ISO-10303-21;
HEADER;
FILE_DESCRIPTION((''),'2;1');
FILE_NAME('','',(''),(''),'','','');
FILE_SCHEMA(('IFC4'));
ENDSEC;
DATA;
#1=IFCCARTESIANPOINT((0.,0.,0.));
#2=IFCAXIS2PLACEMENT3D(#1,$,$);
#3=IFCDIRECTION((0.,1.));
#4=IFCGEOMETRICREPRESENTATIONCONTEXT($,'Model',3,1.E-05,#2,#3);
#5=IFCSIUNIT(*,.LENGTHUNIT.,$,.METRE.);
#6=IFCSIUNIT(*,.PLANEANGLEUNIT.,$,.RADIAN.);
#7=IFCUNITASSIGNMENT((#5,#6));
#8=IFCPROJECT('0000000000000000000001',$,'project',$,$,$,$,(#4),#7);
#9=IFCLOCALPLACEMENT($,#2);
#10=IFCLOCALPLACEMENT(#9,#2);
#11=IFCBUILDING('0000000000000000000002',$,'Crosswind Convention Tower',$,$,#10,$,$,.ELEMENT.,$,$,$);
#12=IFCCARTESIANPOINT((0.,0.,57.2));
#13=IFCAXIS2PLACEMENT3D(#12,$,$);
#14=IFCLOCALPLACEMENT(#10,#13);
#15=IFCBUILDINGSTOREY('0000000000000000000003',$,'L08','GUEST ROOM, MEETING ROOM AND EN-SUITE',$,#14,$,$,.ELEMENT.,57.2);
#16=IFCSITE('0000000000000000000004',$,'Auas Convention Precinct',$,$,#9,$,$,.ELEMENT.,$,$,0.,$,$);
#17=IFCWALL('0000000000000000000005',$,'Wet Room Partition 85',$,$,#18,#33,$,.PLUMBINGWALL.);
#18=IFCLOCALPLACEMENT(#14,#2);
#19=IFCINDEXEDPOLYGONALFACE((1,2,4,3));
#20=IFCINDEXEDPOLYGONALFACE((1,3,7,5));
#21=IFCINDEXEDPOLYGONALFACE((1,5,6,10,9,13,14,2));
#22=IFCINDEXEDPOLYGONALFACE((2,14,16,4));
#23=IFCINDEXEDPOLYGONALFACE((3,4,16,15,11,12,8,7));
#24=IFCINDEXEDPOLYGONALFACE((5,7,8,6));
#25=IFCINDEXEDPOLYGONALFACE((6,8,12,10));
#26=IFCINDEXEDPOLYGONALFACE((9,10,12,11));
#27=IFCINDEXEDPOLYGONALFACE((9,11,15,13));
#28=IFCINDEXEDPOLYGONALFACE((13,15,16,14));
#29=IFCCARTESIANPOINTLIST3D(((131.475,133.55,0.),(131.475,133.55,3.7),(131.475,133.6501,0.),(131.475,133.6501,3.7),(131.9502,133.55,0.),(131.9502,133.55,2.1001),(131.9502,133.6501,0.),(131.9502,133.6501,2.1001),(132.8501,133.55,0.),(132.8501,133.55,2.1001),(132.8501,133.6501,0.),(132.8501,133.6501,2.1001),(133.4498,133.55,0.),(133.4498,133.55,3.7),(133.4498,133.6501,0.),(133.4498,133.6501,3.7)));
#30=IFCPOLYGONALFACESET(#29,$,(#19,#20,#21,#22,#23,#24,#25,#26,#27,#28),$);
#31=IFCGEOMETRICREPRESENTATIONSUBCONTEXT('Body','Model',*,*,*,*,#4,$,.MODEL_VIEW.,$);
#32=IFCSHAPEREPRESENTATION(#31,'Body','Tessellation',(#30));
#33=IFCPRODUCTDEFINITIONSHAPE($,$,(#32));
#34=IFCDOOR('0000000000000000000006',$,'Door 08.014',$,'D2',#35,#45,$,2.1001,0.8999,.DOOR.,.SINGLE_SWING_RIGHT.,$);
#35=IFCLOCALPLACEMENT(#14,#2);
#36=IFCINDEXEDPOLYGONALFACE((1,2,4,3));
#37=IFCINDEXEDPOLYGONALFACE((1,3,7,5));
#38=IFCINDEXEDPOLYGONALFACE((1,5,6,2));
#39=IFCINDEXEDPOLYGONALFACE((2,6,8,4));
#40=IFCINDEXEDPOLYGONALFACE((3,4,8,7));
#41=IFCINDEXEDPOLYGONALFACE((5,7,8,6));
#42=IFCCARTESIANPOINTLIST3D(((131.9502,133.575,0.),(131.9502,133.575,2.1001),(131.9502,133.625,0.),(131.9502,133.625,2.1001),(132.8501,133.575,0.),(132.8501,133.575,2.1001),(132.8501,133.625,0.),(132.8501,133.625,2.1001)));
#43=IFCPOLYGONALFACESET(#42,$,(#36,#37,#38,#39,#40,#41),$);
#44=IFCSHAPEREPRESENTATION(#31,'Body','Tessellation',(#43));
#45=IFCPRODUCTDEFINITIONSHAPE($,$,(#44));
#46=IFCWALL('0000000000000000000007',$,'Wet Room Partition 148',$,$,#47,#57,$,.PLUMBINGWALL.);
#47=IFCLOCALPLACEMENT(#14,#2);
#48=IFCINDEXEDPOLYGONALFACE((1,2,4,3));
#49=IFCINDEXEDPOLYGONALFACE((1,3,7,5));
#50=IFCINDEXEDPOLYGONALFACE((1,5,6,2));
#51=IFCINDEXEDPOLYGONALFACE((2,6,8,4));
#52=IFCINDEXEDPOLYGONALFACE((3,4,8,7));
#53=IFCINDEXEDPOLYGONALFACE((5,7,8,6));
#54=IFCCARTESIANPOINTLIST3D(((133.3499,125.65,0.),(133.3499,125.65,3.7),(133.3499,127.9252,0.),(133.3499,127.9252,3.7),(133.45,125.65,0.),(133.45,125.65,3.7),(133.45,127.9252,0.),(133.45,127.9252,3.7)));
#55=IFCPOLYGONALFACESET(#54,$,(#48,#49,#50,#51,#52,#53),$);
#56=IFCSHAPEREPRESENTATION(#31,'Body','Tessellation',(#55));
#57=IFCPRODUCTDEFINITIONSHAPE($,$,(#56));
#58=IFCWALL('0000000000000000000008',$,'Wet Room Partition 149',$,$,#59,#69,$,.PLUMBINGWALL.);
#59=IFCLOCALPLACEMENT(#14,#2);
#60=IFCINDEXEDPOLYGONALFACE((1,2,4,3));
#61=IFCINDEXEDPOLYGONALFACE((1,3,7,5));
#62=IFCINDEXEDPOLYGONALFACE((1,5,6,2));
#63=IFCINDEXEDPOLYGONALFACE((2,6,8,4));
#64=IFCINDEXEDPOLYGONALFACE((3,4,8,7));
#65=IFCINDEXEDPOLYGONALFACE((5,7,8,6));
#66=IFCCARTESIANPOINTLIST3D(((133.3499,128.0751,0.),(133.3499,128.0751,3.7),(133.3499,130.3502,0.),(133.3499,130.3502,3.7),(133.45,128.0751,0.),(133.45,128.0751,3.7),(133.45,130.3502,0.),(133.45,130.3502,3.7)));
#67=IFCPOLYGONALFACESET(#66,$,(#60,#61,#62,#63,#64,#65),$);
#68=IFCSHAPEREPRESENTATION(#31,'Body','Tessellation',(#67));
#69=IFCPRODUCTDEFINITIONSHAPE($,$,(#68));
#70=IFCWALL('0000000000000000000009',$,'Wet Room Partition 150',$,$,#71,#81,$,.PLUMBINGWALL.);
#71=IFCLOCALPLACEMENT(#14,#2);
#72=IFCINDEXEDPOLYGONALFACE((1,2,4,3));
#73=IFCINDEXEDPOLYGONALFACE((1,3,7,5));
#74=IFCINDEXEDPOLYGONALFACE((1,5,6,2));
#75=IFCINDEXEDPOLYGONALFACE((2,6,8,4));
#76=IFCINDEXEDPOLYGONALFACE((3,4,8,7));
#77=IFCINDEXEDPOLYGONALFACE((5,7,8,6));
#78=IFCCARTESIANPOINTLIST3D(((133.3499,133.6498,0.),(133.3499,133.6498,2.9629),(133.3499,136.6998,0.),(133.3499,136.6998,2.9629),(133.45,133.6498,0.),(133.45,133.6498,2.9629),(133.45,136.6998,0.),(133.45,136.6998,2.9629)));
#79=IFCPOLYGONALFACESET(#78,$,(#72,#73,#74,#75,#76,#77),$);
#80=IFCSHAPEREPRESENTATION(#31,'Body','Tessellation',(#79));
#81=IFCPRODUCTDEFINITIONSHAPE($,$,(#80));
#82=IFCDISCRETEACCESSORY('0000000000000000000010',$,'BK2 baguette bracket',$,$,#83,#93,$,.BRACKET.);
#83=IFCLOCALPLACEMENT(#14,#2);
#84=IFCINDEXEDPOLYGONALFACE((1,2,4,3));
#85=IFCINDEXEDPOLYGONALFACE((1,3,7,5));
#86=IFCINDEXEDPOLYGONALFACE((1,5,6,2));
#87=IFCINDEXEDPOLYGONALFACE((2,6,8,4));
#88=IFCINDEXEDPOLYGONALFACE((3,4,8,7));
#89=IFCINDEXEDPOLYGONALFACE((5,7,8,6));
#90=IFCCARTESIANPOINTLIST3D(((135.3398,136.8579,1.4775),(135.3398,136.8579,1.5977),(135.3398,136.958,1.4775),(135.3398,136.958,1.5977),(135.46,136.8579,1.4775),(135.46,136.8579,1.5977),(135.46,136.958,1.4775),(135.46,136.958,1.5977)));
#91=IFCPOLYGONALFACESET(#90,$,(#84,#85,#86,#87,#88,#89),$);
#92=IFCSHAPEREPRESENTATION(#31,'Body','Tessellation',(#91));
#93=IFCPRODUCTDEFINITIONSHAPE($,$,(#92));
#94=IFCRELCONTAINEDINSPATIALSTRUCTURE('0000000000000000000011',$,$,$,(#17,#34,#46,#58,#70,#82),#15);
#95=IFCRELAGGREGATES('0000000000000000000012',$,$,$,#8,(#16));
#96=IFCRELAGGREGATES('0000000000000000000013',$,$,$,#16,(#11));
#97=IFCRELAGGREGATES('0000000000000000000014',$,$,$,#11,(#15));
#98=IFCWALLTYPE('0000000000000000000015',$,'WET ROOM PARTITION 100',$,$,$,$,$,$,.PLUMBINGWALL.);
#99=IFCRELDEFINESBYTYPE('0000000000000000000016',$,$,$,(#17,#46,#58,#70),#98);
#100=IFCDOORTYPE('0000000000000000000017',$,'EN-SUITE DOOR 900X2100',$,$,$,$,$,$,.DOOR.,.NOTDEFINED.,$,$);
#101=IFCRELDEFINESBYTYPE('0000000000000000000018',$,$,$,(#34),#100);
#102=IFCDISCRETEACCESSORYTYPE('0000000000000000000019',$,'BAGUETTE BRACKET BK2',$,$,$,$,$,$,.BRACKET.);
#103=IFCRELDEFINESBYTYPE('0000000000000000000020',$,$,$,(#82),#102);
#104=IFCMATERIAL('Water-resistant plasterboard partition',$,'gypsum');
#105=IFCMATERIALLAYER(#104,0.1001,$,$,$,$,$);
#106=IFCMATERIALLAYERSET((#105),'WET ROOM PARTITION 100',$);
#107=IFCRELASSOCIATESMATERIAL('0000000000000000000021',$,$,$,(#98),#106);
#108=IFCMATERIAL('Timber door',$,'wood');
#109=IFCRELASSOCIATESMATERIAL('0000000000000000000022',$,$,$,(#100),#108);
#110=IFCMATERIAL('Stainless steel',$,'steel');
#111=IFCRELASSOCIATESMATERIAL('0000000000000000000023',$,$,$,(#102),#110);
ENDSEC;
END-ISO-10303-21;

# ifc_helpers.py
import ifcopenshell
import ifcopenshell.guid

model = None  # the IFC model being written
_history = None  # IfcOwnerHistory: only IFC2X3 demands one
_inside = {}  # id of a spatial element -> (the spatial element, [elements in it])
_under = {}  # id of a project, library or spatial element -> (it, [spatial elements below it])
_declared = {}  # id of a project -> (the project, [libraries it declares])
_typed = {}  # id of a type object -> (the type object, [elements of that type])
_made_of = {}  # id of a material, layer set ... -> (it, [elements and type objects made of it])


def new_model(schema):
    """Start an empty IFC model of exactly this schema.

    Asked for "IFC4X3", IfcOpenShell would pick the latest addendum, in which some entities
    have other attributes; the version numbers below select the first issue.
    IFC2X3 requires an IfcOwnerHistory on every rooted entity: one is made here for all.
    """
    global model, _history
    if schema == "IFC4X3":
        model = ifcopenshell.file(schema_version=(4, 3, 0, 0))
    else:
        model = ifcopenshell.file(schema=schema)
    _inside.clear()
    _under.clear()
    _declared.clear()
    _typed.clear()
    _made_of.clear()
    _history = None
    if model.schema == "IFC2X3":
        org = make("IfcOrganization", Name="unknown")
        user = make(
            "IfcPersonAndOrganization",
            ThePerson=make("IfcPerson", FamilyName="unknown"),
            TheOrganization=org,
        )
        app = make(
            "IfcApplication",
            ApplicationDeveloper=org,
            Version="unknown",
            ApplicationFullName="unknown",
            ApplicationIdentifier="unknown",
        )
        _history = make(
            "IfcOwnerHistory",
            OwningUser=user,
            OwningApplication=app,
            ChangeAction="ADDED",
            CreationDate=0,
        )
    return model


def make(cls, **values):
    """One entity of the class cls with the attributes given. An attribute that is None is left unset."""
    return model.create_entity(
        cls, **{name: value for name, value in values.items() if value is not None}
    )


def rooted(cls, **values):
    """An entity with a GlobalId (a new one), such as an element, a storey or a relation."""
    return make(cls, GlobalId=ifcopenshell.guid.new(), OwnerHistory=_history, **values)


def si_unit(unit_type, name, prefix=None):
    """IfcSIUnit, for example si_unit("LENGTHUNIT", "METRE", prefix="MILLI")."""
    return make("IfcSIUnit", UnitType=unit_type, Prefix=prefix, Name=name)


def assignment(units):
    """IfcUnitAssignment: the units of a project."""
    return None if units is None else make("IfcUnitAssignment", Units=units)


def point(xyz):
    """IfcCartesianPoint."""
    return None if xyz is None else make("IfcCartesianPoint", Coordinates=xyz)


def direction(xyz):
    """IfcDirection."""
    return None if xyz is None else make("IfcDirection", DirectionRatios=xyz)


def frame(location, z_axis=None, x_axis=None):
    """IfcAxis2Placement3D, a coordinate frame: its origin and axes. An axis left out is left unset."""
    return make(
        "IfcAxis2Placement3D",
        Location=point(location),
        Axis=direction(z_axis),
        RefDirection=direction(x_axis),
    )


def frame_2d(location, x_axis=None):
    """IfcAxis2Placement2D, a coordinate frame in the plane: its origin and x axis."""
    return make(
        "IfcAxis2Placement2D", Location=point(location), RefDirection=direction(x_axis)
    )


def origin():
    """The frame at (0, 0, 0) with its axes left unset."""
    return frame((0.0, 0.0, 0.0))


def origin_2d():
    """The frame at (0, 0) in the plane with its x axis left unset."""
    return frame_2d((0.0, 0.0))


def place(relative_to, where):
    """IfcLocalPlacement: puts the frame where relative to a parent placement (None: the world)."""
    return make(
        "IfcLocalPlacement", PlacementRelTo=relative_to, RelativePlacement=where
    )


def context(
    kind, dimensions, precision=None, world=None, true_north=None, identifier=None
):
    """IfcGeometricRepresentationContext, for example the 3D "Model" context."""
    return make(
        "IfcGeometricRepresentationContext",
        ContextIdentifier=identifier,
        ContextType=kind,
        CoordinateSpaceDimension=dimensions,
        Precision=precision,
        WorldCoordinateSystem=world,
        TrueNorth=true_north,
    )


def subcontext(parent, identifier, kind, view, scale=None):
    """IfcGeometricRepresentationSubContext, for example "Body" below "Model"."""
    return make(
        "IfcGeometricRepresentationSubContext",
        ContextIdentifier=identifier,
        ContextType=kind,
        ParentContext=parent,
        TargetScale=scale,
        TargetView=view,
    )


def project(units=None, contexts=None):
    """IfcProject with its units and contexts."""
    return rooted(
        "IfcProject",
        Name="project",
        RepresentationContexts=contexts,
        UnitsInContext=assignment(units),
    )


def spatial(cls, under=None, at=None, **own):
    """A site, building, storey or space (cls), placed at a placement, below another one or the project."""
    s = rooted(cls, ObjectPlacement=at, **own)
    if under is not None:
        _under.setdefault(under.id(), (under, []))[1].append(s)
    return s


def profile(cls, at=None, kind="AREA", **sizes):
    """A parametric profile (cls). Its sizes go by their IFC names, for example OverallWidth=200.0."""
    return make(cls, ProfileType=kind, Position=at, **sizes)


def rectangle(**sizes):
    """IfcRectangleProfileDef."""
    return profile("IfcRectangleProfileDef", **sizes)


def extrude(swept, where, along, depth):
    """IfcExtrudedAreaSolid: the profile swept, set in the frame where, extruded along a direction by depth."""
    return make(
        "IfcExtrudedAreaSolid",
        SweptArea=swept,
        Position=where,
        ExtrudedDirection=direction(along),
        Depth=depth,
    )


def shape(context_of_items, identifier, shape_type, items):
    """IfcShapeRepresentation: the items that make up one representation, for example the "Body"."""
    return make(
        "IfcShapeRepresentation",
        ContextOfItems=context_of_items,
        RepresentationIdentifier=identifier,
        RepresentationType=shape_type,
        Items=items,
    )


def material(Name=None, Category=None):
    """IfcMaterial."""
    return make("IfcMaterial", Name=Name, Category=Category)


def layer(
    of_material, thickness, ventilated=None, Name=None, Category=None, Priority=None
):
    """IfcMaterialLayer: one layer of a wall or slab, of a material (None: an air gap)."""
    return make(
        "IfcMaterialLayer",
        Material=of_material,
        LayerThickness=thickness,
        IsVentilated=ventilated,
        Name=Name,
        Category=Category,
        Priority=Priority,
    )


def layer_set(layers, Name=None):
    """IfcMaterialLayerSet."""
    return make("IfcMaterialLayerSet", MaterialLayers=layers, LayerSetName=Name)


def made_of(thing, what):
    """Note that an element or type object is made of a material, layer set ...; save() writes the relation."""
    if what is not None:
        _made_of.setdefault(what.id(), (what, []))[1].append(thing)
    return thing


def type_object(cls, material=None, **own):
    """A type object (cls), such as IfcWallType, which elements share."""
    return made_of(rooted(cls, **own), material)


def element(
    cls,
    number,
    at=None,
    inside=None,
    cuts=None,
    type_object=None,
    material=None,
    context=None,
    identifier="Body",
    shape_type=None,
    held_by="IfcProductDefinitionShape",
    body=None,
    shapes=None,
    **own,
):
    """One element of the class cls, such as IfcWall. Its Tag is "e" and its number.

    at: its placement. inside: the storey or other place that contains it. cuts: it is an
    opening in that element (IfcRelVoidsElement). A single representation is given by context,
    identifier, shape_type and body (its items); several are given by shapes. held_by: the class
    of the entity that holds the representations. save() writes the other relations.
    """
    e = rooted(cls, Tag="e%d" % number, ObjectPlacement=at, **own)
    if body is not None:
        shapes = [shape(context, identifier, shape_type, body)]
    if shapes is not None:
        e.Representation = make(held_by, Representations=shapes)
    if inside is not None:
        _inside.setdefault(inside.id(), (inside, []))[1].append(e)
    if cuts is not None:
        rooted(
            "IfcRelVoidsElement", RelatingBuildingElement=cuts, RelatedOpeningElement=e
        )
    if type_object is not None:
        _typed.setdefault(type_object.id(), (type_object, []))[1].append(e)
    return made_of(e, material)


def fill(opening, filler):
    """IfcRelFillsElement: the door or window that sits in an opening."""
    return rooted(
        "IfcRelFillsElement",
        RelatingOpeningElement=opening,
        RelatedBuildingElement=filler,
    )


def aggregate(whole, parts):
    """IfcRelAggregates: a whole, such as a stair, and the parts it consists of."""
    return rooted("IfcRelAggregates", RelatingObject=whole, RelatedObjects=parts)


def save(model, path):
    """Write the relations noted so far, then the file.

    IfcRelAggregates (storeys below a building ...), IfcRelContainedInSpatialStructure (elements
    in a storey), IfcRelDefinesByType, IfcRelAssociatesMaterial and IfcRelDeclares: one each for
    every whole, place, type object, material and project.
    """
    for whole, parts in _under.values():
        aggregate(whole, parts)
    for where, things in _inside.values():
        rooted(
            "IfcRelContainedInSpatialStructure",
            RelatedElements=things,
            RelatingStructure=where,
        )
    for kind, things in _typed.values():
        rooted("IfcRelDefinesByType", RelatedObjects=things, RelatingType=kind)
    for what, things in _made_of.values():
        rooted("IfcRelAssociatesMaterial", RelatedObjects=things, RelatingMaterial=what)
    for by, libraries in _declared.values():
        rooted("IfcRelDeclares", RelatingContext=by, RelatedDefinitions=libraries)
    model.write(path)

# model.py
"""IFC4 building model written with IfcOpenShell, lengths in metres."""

from ifc_helpers import new_model, si_unit, direction, frame, frame_2d, origin, origin_2d, place, context, subcontext, project, spatial, rectangle, extrude, material, layer, layer_set, type_object, element, fill, save


model = new_model("IFC4")

# Units and contexts
model_context = context("Model", 3, precision=1e-05, world=origin(), true_north=direction((0.0, 1.0)))
body_context = subcontext(model_context, "Body", "Model", "MODEL_VIEW")
ifc_project = project(units=[si_unit("LENGTHUNIT", "METRE"), si_unit("PLANEANGLEUNIT", "RADIAN")], contexts=[model_context])

# Site, building, storey
site_placement = place(None, origin())
site = spatial("IfcSite", under=ifc_project, at=site_placement, Name="Auas Convention Precinct", CompositionType="ELEMENT", RefElevation=0.0)
building_placement = place(site_placement, origin())
building = spatial("IfcBuilding", under=site, at=building_placement, Name="Crosswind Convention Tower", CompositionType="ELEMENT")
storey_placement = place(building_placement, frame((0.0, 0.0, 57.2)))
storey = spatial("IfcBuildingStorey", under=building, at=storey_placement, Name="L08", Description="GUEST ROOM, MEETING ROOM AND EN-SUITE", CompositionType="ELEMENT", Elevation=57.2)

# Wall, opening, door
ifc_material_1 = material(Name="Water-resistant plasterboard partition", Category="gypsum")
ifc_layer_1 = layer(ifc_material_1, 0.1001)
ifc_layer_set_1 = layer_set([ifc_layer_1], Name="WET ROOM PARTITION 100")
wall_type_1 = type_object("IfcWallType", Name="WET ROOM PARTITION 100", PredefinedType="PLUMBINGWALL", material=ifc_layer_set_1)
ifc_material_2 = material(Name="Timber door", Category="wood")
door_type = type_object("IfcDoorType", Name="EN-SUITE DOOR 900X2100", OperationType="NOTDEFINED", PredefinedType="DOOR", material=ifc_material_2)
wall_1_placement = place(storey_placement, frame((131.4751, 133.6001, 0.0), z_axis=(0.0, 0.0, 1.0), x_axis=(1.0, 0.0, 0.0)))
wall_1 = element("IfcWall", 1, at=wall_1_placement, inside=storey, type_object=wall_type_1, Name="Wet Room Partition 85", PredefinedType="PLUMBINGWALL", context=body_context, shape_type="SweptSolid", body=[
    extrude(rectangle(XDim=1.9749, YDim=0.1001, at=frame_2d((0.9873, 0.0))), origin(), (0.0, 0.0, 1.0), 3.7),
])
opening_1_placement = place(wall_1_placement, frame((0.4751, 0.0, 0.0)))
opening_1 = element("IfcOpeningElement", 2, at=opening_1_placement, cuts=wall_1, PredefinedType="OPENING", context=body_context, shape_type="SweptSolid", body=[
    extrude(rectangle(XDim=0.8999, YDim=2.1001, at=frame_2d((0.45, 1.05))), frame((0.0, 0.0601, 0.0), z_axis=(0.0, -1.0, 0.0), x_axis=(1.0, 0.0, 0.0)), (0.0, 0.0, 1.0), 0.1201),
])
door_1_placement = place(opening_1_placement, origin())
door_1 = element("IfcDoor", 3, at=door_1_placement, inside=storey, type_object=door_type, Name="Door 08.014", ObjectType="D2", OperationType="SINGLE_SWING_RIGHT", OverallHeight=2.1001, OverallWidth=0.8999, PredefinedType="DOOR", context=body_context, shape_type="SweptSolid", body=[
    extrude(rectangle(XDim=0.8999, YDim=2.1001, at=frame_2d((0.45, 1.05))), frame((0.0, 0.0249, 0.0), z_axis=(0.0, -1.0, 0.0), x_axis=(1.0, 0.0, 0.0)), (0.0, 0.0, 1.0), 0.05),
])
fill(opening_1, door_1)

# Walls
for number, where, z_axis, x_axis, name in (
    (4, (133.3999, 125.6499, 0.0), (0.0, 0.0, 1.0), (0.0, 1.0, 0.0), "Wet Room Partition 148"),
    (5, (133.3999, 128.075, 0.0), (0.0, 0.0, 1.0), (0.0, 1.0, 0.0), "Wet Room Partition 149"),
):
    element("IfcWall", number, at=place(storey_placement, frame(where, z_axis=z_axis, x_axis=x_axis)), inside=storey, type_object=wall_type_1, Name=name, PredefinedType="PLUMBINGWALL", context=body_context, shape_type="SweptSolid", body=[
        extrude(rectangle(XDim=2.2751, YDim=0.1001, at=frame_2d((1.1377, 0.0))), origin(), (0.0, 0.0, 1.0), 3.7),
    ])
wall_2_placement = place(storey_placement, frame((133.3999, 133.6499, 0.0), z_axis=(0.0, 0.0, 1.0), x_axis=(0.0, 1.0, 0.0)))
element("IfcWall", 6, at=wall_2_placement, inside=storey, type_object=wall_type_1, Name="Wet Room Partition 150", PredefinedType="PLUMBINGWALL", context=body_context, shape_type="SweptSolid", body=[
    extrude(rectangle(XDim=3.05, YDim=0.1001, at=frame_2d((1.5249, 0.0))), origin(), (0.0, 0.0, 1.0), 2.9629),
])

# Discrete accessory
ifc_material_3 = material(Name="Stainless steel", Category="steel")
discrete_accessory_type = type_object("IfcDiscreteAccessoryType", Name="BAGUETTE BRACKET BK2", PredefinedType="BRACKET", material=ifc_material_3)
discrete_accessory_placement = place(storey_placement, frame((135.3999, 136.908, 1.4775), z_axis=(0.0, 0.0, 1.0), x_axis=(-1.0, 0.0, 0.0)))
element("IfcDiscreteAccessory", 7, at=discrete_accessory_placement, inside=storey, type_object=discrete_accessory_type, Name="BK2 baguette bracket", PredefinedType="BRACKET", context=body_context, shape_type="SweptSolid", body=[
    extrude(rectangle(XDim=0.1201, YDim=0.1001, at=origin_2d()), origin(), (0.0, 0.0, 1.0), 0.1201),
])

save(model, "model.ifc")
